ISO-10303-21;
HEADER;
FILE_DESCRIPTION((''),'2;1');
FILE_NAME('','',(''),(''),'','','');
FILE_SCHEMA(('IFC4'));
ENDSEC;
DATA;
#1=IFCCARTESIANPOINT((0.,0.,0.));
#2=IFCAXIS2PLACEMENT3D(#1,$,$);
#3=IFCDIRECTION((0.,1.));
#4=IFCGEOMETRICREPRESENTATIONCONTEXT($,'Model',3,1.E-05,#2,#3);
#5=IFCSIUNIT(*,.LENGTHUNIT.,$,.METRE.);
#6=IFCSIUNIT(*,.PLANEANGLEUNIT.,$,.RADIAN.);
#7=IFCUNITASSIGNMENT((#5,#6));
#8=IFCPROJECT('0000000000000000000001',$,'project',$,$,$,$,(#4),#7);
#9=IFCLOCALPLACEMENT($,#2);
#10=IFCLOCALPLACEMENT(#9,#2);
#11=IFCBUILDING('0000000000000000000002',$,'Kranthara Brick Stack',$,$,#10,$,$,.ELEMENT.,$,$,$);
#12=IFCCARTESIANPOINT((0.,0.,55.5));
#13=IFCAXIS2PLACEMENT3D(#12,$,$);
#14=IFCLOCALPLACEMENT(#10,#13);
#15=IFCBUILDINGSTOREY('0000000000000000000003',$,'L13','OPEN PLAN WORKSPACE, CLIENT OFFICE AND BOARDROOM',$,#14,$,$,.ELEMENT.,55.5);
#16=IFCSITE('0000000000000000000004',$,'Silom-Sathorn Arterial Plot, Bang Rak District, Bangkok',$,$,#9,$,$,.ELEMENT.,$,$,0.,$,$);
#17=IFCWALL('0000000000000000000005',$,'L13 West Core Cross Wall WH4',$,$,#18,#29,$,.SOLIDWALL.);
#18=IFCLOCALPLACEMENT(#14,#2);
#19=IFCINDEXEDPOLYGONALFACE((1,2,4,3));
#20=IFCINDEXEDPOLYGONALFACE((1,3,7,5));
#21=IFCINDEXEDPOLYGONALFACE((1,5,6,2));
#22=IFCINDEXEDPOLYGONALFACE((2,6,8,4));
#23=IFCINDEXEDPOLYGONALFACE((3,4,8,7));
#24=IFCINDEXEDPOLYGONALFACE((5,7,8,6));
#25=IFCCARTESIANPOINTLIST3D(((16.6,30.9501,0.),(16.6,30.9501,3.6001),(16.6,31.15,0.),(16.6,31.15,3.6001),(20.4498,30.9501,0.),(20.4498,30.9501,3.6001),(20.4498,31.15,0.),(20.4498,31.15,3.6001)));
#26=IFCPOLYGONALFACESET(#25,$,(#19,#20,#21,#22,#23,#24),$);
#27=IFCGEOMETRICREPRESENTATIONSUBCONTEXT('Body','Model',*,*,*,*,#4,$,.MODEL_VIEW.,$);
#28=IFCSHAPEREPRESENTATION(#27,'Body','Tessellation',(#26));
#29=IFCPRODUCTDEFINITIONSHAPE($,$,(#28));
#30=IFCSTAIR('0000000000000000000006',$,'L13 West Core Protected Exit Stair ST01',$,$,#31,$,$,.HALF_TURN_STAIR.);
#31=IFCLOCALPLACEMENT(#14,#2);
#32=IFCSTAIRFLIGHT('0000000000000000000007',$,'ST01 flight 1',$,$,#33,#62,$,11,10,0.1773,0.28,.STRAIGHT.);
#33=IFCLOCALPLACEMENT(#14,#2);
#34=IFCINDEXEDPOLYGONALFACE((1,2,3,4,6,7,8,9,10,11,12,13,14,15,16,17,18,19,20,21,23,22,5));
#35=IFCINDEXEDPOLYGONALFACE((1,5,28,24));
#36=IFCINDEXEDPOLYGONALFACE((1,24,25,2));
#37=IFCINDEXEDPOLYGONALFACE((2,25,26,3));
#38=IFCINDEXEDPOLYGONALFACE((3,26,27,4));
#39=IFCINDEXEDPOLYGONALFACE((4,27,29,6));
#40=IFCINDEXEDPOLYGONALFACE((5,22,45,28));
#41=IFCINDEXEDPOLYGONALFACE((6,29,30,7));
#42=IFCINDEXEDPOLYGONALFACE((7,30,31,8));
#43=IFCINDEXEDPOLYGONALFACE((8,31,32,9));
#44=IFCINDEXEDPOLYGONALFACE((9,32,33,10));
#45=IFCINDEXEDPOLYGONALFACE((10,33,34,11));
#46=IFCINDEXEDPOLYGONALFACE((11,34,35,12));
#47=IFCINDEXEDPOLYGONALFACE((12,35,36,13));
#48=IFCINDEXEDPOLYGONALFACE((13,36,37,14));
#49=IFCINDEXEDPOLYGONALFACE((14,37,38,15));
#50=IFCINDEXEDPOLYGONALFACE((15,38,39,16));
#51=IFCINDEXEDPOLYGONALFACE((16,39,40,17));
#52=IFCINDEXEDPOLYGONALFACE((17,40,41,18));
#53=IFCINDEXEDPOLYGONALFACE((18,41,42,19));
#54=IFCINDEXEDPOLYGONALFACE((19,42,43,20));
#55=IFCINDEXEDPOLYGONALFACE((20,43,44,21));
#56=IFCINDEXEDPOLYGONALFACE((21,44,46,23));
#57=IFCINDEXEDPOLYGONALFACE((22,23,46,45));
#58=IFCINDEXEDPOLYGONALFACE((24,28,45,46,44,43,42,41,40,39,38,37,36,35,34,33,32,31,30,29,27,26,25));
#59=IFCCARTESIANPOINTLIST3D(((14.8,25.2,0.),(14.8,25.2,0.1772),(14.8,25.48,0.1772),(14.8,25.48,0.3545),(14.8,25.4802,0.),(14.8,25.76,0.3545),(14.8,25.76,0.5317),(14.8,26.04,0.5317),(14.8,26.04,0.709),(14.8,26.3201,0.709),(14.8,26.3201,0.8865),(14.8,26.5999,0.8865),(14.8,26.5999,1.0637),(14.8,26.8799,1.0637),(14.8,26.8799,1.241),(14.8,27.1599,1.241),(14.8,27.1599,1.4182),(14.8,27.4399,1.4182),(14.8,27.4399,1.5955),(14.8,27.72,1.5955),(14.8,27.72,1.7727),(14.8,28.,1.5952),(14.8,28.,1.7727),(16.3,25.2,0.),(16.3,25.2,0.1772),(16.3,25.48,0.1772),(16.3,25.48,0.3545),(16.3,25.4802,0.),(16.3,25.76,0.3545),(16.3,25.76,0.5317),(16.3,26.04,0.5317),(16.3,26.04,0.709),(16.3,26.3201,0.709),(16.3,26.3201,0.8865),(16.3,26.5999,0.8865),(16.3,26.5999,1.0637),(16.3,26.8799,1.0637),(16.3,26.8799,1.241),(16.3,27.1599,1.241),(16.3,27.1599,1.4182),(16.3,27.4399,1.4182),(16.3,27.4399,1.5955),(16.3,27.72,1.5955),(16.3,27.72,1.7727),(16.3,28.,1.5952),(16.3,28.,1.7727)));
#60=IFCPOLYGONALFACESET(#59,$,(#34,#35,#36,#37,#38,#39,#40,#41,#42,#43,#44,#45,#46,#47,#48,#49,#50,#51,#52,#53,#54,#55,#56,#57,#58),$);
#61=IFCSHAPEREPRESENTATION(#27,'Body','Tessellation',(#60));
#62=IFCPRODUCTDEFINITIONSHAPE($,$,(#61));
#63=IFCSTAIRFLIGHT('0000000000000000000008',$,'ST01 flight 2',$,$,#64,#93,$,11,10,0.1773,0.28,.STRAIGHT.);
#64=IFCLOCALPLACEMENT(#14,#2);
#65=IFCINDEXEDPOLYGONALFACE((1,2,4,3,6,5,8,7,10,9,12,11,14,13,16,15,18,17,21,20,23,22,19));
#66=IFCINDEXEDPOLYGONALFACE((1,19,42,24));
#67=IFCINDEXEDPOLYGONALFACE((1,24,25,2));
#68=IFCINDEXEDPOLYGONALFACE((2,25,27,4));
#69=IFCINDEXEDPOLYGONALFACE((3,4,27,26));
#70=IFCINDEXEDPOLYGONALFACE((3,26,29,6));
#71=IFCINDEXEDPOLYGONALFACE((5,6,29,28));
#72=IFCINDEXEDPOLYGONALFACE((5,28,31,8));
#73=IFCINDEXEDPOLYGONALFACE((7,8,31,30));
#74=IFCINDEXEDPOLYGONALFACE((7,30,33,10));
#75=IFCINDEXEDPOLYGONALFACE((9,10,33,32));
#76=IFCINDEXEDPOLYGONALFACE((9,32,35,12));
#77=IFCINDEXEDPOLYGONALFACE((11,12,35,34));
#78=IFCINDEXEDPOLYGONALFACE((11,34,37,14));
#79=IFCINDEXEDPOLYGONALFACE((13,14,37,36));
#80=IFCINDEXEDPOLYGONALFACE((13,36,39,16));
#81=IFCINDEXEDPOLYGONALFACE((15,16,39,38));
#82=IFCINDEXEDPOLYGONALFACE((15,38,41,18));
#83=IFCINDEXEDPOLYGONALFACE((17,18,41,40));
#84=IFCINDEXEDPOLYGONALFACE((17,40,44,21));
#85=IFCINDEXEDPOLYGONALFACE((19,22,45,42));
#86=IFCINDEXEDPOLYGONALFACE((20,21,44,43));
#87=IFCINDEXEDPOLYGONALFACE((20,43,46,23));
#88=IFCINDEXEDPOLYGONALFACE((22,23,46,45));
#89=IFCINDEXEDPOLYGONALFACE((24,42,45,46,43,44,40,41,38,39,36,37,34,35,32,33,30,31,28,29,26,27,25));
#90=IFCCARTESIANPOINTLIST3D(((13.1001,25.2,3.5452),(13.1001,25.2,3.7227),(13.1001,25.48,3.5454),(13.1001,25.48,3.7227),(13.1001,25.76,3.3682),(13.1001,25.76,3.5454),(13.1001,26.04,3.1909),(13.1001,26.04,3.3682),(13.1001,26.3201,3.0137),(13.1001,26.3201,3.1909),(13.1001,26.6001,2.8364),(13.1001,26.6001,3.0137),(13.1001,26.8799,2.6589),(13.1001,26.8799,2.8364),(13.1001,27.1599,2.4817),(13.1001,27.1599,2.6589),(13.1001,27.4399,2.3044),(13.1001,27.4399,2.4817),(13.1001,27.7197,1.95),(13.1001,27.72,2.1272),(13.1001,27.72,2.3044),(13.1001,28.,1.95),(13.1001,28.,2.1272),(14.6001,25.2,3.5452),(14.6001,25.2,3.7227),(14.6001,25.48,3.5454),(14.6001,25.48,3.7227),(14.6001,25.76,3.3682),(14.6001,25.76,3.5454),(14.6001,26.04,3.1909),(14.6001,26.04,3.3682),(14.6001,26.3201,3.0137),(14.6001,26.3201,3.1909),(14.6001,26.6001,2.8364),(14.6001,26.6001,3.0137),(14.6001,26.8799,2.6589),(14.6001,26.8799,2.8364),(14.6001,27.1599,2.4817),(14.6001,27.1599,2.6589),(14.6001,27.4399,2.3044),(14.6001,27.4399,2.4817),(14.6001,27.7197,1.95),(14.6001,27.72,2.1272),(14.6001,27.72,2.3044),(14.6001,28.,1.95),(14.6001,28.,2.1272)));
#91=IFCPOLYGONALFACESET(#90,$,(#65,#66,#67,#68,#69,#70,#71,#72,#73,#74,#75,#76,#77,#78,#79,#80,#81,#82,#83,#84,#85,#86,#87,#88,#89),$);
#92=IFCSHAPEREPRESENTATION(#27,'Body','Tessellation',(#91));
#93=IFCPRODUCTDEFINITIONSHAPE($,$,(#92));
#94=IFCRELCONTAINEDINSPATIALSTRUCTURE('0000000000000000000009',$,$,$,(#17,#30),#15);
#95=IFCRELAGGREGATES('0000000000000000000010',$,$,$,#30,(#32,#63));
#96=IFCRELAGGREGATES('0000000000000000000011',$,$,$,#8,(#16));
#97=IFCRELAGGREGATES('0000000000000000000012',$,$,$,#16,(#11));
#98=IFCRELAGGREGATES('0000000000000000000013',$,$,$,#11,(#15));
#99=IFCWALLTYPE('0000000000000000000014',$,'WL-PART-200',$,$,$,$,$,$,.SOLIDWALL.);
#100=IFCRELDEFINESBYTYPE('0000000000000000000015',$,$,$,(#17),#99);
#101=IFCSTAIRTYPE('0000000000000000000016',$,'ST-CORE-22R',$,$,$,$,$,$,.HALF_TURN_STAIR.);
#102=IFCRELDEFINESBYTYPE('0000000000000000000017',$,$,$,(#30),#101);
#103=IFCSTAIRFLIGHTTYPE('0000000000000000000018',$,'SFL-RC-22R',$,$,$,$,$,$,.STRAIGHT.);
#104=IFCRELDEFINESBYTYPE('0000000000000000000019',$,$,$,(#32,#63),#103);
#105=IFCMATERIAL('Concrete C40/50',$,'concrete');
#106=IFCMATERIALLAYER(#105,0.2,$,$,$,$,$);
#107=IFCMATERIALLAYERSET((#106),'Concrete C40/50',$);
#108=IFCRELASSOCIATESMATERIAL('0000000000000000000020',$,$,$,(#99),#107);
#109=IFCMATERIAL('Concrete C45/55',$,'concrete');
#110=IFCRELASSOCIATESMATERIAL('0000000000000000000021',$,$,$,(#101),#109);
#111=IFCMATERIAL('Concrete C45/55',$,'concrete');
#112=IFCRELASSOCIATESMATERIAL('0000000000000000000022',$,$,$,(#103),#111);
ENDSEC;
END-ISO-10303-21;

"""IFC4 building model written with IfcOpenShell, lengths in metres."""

from ifc_helpers import new_model, si_unit, direction, frame, frame_2d, origin, place, context, subcontext, project, spatial, polyline, rectangle, outline, extrude, material, layer, layer_set, type_object, element, aggregate, save


model = new_model("IFC4")

# Units and contexts
model_context = context("Model", 3, precision=1e-05, world=origin(), true_north=direction((0.0, 1.0)))
body_context = subcontext(model_context, "Body", "Model", "MODEL_VIEW")
ifc_project = project(units=[si_unit("LENGTHUNIT", "METRE"), si_unit("PLANEANGLEUNIT", "RADIAN")], contexts=[model_context])

# Site, building, storey
site_placement = place(None, origin())
site = spatial("IfcSite", under=ifc_project, at=site_placement, Name="Silom-Sathorn Arterial Plot, Bang Rak District, Bangkok", CompositionType="ELEMENT", RefElevation=0.0)
building_placement = place(site_placement, origin())
building = spatial("IfcBuilding", under=site, at=building_placement, Name="Kranthara Brick Stack", CompositionType="ELEMENT")
storey_placement = place(building_placement, frame((0.0, 0.0, 55.5)))
storey = spatial("IfcBuildingStorey", under=building, at=storey_placement, Name="L13", Description="OPEN PLAN WORKSPACE, CLIENT OFFICE AND BOARDROOM", CompositionType="ELEMENT", Elevation=55.5)

# Shared definitions
ifc_material_1 = material(Name="Concrete C40/50", Category="concrete")
ifc_layer_1 = layer(ifc_material_1, 0.2)
ifc_layer_set_1 = layer_set([ifc_layer_1], Name="Concrete C40/50")
wall_type_1 = type_object("IfcWallType", Name="WL-PART-200", PredefinedType="SOLIDWALL", material=ifc_layer_set_1)

# Wall
wall_1_placement = place(storey_placement, frame((16.6001, 31.05, 0.0), z_axis=(0.0, 0.0, 1.0), x_axis=(1.0, 0.0, 0.0)))
element("IfcWall", 1, at=wall_1_placement, inside=storey, type_object=wall_type_1, Name="L13 West Core Cross Wall WH4", PredefinedType="SOLIDWALL", context=body_context, shape_type="SweptSolid", body=[
    extrude(rectangle(XDim=3.8499, YDim=0.2, at=frame_2d((1.9248, 0.0))), origin(), (0.0, 0.0, 1.0), 3.6001),
])

# Stair, stair flights
ifc_material_2 = material(Name="Concrete C45/55", Category="concrete")
stair_type = type_object("IfcStairType", Name="ST-CORE-22R", PredefinedType="HALF_TURN_STAIR", material=ifc_material_2)
stair_placement = place(storey_placement, origin())
stair = element("IfcStair", 2, at=stair_placement, inside=storey, type_object=stair_type, Name="L13 West Core Protected Exit Stair ST01", PredefinedType="HALF_TURN_STAIR")
ifc_material_3 = material(Name="Concrete C45/55", Category="concrete")
stair_flight_type = type_object("IfcStairFlightType", Name="SFL-RC-22R", PredefinedType="STRAIGHT", material=ifc_material_3)
stair_flight_1_placement = place(storey_placement, frame((15.55, 25.2, 0.0), z_axis=(0.0, 0.0, 1.0), x_axis=(0.0, 1.0, 0.0)))
stair_flight_1 = element("IfcStairFlight", 3, at=stair_flight_1_placement, type_object=stair_flight_type, Name="ST01 flight 1", NumberOfRisers=11, NumberOfTreads=10, PredefinedType="STRAIGHT", RiserHeight=0.1773, TreadLength=0.28, context=body_context, shape_type="SweptSolid", body=[
    extrude(outline(polyline([(0.0, 0.0), (0.0, 0.1772), (0.28, 0.1772), (0.28, 0.3545), (0.5601, 0.3545), (0.5601, 0.5317), (0.8401, 0.5317), (0.8401, 0.709), (1.1201, 0.709), (1.1201, 0.8865), (1.3999, 0.8865), (1.3999, 1.0637), (1.6799, 1.0637), (1.6799, 1.241), (1.96, 1.241), (1.96, 1.4182), (2.24, 1.4182), (2.24, 1.5955), (2.52, 1.5955), (2.52, 1.7727), (2.8, 1.7727), (2.8, 1.95), (2.8, 1.5952), (0.2803, 0.0), (0.0, 0.0)])), frame((0.0, 0.75, 0.0), z_axis=(0.0, -1.0, 0.0), x_axis=(1.0, 0.0, 0.0)), (0.0, 0.0, 1.0), 1.5),
])
stair_flight_2_placement = place(storey_placement, frame((13.8501, 28.0, 1.95), z_axis=(0.0, 0.0, 1.0), x_axis=(0.0, -1.0, 0.0)))
stair_flight_2 = element("IfcStairFlight", 4, at=stair_flight_2_placement, type_object=stair_flight_type, Name="ST01 flight 2", NumberOfRisers=11, NumberOfTreads=10, PredefinedType="STRAIGHT", RiserHeight=0.1773, TreadLength=0.28, context=body_context, shape_type="SweptSolid", body=[
    extrude(outline(polyline([(0.0, 0.0), (0.0, 0.1772), (0.28, 0.1772), (0.28, 0.3545), (0.5601, 0.3545), (0.5601, 0.5317), (0.8401, 0.5317), (0.8401, 0.709), (1.1201, 0.709), (1.1201, 0.8865), (1.3999, 0.8865), (1.3999, 1.0637), (1.6799, 1.0637), (1.6799, 1.241), (1.96, 1.241), (1.96, 1.4182), (2.24, 1.4182), (2.24, 1.5955), (2.52, 1.5955), (2.52, 1.7727), (2.8, 1.7727), (2.8, 1.95), (2.8, 1.5952), (0.2803, 0.0), (0.0, 0.0)])), frame((0.0, 0.75, 0.0), z_axis=(0.0, -1.0, 0.0), x_axis=(1.0, 0.0, 0.0)), (0.0, 0.0, 1.0), 1.5),
])
aggregate(stair, [stair_flight_1, stair_flight_2])

save(model, "model.ifc")
